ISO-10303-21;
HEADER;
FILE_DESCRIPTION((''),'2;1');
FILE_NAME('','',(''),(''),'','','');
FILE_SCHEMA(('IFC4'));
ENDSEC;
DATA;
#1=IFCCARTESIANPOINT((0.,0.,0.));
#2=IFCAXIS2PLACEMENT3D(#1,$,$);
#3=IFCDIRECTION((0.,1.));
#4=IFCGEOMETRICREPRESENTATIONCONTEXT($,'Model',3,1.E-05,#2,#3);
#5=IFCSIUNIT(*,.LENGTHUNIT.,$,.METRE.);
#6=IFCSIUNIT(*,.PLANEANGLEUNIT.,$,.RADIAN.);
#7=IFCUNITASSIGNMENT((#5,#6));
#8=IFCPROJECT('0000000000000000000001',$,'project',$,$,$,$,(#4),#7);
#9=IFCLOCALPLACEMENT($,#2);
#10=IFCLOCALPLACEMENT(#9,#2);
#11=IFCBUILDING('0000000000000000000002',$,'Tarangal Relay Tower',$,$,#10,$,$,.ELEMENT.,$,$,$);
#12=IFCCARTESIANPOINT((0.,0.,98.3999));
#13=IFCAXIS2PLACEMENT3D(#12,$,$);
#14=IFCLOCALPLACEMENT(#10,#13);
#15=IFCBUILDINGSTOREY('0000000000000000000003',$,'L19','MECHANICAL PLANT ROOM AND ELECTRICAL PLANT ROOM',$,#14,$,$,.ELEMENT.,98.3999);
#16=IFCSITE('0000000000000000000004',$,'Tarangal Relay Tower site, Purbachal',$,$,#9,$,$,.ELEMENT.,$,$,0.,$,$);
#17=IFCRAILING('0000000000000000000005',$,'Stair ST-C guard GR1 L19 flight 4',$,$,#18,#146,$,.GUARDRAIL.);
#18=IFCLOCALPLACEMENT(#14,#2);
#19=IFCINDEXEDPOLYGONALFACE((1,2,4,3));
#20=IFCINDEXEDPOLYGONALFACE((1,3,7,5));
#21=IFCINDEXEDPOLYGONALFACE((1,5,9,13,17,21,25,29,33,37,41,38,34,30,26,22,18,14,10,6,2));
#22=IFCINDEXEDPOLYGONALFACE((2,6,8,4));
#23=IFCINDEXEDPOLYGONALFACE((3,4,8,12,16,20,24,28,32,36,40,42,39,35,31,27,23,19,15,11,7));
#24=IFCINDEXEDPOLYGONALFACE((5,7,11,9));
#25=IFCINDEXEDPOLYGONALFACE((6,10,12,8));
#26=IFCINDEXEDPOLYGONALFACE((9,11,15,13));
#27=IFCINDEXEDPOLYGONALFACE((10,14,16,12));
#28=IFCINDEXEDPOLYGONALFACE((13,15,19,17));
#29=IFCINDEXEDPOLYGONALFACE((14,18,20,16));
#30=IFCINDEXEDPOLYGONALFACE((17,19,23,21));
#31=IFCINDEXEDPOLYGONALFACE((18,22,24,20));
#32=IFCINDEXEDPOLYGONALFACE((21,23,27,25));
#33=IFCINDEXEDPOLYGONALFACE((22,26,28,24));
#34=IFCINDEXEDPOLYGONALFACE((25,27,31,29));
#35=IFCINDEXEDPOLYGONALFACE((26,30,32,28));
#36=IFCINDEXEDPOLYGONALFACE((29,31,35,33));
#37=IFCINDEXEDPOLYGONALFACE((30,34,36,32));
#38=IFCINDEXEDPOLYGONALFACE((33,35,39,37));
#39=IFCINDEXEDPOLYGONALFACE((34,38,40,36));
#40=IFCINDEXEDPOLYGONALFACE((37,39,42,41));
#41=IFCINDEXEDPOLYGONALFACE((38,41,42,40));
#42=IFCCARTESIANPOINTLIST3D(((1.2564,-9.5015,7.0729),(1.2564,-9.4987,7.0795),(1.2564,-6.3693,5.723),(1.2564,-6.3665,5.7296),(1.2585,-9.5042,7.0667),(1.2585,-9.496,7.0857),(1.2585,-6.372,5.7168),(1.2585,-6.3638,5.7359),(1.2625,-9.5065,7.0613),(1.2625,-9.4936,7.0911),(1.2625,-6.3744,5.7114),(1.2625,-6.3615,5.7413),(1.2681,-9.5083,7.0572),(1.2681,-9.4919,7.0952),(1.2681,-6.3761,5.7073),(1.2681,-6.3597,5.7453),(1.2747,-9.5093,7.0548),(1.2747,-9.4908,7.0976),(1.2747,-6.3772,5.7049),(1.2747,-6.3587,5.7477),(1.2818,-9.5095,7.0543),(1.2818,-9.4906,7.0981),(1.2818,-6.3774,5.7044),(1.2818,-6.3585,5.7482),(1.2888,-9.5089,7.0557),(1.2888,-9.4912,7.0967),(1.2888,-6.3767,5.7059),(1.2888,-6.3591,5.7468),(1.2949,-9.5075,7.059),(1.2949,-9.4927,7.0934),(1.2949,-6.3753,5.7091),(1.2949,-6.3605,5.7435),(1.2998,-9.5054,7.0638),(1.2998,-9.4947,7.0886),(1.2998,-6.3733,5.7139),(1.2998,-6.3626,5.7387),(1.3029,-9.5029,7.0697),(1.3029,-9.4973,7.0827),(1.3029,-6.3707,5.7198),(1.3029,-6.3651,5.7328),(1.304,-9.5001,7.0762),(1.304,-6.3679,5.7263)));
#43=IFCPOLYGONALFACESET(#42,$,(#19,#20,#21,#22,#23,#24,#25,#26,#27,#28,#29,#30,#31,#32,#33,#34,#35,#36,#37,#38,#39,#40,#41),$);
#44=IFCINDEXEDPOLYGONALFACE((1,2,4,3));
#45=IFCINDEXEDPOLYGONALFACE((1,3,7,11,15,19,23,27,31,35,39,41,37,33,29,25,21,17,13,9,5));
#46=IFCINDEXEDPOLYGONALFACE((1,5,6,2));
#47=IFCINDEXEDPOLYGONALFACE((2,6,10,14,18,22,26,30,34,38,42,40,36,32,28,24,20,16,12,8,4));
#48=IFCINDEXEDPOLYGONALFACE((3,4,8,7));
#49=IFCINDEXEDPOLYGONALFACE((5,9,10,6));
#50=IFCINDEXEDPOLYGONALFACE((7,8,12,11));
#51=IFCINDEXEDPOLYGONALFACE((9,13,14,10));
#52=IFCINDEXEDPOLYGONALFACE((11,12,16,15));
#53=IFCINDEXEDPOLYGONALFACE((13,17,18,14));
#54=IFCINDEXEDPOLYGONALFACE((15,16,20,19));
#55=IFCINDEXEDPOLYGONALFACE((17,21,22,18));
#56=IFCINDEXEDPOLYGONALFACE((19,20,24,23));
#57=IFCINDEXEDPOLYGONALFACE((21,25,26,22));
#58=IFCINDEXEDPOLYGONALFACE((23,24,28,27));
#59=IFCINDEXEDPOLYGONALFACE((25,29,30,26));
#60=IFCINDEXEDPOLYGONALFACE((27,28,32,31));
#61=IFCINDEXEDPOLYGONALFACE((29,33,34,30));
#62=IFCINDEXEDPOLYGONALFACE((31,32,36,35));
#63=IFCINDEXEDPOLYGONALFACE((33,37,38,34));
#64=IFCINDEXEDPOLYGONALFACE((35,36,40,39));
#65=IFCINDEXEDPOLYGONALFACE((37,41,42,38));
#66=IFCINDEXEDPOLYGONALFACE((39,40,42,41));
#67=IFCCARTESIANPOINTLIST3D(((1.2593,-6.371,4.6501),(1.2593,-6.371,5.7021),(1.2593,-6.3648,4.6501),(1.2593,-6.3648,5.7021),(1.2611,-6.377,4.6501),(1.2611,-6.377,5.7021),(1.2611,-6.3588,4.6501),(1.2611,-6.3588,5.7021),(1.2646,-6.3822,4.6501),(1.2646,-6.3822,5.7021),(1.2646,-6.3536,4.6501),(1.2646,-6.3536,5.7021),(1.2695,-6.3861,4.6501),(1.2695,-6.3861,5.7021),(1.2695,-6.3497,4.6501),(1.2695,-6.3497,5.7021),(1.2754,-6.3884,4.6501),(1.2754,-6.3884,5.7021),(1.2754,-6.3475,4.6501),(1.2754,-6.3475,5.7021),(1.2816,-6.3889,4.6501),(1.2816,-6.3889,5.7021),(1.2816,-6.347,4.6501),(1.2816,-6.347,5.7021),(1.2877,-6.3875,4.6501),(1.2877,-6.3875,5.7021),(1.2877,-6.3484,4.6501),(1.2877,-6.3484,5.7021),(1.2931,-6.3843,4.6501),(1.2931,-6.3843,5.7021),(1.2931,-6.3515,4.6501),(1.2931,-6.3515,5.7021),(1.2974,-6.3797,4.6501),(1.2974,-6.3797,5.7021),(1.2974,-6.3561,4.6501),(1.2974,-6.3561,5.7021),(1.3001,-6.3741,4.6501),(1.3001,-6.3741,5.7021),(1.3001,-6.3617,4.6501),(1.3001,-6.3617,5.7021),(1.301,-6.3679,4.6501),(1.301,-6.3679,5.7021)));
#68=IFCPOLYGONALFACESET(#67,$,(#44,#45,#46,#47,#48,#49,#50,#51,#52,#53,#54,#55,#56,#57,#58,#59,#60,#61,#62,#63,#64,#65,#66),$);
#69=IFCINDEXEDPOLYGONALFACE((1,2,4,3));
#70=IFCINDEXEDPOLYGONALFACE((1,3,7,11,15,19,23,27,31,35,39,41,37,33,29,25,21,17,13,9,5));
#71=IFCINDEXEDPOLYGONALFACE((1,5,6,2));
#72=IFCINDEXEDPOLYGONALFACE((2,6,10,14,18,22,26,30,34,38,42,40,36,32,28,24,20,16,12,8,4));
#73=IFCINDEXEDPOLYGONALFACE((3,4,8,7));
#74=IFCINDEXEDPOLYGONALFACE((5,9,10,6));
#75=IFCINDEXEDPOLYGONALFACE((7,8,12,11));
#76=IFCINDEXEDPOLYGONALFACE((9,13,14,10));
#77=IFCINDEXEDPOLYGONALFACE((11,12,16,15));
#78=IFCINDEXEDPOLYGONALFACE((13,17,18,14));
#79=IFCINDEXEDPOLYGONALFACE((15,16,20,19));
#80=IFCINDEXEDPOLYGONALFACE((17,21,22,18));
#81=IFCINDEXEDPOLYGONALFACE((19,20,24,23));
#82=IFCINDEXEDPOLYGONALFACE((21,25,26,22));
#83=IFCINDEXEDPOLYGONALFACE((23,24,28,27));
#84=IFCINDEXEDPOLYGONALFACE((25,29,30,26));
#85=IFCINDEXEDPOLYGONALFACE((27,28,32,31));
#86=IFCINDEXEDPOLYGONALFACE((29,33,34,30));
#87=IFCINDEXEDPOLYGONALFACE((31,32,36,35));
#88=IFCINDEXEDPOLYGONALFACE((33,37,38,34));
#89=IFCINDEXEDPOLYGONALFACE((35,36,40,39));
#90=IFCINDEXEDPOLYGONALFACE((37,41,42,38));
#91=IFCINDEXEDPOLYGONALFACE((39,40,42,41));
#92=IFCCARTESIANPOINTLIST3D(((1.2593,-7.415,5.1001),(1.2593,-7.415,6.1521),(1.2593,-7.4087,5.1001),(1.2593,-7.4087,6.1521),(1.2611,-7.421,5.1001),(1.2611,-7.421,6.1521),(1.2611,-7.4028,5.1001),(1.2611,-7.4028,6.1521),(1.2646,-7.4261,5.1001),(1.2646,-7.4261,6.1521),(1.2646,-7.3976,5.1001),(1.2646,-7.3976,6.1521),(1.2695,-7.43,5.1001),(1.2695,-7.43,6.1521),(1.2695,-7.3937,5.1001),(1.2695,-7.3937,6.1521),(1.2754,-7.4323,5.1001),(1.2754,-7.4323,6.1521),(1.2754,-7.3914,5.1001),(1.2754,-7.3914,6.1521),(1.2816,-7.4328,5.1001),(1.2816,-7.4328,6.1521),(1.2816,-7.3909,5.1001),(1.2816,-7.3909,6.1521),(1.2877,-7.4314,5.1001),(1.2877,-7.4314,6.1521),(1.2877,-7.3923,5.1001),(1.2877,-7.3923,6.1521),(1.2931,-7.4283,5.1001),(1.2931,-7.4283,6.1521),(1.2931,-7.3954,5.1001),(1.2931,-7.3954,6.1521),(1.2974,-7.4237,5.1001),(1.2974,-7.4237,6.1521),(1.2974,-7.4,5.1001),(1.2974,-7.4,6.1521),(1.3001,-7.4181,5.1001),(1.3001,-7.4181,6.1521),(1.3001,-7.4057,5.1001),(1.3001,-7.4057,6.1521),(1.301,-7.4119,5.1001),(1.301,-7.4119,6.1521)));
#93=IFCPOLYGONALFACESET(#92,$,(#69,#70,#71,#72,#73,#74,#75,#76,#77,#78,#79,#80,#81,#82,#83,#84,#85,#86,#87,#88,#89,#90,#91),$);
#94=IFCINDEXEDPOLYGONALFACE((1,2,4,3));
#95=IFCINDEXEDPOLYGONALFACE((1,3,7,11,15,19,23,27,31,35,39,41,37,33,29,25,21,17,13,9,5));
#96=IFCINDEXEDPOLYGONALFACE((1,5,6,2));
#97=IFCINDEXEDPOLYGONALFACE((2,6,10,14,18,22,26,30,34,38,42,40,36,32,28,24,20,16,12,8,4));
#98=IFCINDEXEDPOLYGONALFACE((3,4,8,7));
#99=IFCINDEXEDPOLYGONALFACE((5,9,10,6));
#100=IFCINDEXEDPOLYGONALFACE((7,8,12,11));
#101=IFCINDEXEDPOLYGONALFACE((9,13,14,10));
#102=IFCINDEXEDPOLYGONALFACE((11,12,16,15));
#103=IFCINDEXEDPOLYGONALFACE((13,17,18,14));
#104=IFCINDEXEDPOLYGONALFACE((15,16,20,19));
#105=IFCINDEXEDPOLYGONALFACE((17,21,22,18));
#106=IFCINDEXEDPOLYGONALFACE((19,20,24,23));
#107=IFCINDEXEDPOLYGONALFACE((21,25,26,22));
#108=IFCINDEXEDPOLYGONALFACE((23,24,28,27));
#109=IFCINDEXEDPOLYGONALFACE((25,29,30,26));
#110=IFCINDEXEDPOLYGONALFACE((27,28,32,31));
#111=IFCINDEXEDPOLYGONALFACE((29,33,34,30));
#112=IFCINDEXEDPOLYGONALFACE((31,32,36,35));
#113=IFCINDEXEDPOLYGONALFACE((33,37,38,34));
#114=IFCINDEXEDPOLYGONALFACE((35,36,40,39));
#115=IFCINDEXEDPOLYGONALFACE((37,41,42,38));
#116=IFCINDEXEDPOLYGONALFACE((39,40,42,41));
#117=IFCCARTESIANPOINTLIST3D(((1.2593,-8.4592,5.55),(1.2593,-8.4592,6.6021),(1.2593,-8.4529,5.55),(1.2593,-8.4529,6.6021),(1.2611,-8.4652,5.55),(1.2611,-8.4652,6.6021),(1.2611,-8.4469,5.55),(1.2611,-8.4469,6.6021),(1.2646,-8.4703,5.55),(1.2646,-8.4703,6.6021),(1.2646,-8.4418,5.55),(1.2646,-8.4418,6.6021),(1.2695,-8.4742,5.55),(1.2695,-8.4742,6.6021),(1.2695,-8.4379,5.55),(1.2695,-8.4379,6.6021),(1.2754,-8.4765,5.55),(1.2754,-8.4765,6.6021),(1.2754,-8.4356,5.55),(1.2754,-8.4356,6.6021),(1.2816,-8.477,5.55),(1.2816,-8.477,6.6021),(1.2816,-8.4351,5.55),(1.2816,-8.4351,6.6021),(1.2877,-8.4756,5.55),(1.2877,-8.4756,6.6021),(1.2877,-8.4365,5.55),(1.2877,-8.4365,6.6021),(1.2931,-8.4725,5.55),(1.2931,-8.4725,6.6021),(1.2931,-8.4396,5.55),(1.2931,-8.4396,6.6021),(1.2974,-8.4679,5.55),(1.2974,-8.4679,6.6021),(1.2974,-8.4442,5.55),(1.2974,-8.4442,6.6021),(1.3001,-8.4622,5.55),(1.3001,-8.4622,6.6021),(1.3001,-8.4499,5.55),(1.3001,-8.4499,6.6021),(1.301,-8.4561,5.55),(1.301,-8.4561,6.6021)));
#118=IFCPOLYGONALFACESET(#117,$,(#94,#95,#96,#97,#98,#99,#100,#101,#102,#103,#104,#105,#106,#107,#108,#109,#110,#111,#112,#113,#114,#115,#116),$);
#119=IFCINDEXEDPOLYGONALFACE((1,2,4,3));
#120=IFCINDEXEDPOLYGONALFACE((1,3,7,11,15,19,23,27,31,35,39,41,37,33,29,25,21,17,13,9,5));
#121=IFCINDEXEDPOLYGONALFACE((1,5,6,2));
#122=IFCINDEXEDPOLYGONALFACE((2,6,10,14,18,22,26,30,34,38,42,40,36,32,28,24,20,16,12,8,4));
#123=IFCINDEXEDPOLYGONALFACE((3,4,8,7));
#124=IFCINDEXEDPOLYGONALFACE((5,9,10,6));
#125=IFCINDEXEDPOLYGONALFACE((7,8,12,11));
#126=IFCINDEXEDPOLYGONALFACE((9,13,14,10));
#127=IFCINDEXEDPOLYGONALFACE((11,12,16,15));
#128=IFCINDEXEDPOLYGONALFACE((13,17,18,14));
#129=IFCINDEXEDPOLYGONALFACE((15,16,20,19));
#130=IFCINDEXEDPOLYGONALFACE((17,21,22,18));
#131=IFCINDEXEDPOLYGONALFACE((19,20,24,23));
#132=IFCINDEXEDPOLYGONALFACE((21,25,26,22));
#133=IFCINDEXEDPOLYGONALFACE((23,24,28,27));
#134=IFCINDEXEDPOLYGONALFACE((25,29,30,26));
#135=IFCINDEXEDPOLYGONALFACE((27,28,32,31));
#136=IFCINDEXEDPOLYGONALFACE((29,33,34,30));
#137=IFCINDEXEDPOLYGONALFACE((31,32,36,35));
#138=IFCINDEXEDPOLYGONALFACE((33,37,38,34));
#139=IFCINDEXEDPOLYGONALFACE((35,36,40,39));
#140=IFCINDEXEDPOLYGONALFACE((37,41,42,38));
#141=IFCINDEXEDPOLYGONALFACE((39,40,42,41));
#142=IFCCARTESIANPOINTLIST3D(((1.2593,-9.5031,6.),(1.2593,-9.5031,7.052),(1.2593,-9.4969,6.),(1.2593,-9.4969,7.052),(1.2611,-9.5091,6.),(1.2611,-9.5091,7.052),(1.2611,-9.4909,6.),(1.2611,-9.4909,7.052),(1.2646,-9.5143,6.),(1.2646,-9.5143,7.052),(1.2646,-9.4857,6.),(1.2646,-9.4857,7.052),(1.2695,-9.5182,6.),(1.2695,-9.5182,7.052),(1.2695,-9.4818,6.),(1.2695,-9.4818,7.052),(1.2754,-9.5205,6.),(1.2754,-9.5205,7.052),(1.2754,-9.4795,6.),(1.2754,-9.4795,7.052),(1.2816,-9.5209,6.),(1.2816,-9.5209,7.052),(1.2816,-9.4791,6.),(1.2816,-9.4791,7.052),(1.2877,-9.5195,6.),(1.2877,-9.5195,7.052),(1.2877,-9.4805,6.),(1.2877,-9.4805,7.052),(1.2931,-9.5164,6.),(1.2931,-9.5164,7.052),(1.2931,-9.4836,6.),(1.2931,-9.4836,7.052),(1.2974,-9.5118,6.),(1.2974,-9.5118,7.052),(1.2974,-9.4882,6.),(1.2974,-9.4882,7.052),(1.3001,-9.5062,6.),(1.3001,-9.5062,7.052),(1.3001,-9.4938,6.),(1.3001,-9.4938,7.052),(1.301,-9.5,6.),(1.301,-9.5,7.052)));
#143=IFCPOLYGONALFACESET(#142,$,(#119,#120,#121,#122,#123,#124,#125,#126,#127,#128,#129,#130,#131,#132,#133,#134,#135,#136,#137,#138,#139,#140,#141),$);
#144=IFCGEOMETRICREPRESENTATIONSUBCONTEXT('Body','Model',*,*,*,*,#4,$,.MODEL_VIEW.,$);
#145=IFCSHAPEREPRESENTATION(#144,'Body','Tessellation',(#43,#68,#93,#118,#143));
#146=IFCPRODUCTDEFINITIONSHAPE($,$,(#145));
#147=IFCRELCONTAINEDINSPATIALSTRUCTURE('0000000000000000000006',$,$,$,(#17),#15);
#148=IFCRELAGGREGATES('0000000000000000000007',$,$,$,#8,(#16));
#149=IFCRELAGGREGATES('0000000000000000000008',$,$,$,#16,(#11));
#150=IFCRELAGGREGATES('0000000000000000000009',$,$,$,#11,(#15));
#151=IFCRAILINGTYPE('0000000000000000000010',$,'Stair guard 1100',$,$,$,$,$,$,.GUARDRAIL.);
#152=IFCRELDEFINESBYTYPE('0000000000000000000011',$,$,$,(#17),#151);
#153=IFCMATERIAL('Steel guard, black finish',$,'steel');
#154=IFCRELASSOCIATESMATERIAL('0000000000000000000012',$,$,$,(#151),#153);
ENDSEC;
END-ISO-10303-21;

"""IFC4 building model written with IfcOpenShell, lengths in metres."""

from ifc_helpers import new_model, si_unit, direction, frame, origin, origin_2d, place, context, subcontext, project, spatial, circle, extrude, material, type_object, element, save


model = new_model("IFC4")

# Units and contexts
model_context = context("Model", 3, precision=1e-05, world=origin(), true_north=direction((0.0, 1.0)))
body_context = subcontext(model_context, "Body", "Model", "MODEL_VIEW")
ifc_project = project(units=[si_unit("LENGTHUNIT", "METRE"), si_unit("PLANEANGLEUNIT", "RADIAN")], contexts=[model_context])

# Site, building, storey
site_placement = place(None, origin())
site = spatial("IfcSite", under=ifc_project, at=site_placement, Name="Tarangal Relay Tower site, Purbachal", CompositionType="ELEMENT", RefElevation=0.0)
building_placement = place(site_placement, origin())
building = spatial("IfcBuilding", under=site, at=building_placement, Name="Tarangal Relay Tower", CompositionType="ELEMENT")
storey_placement = place(building_placement, frame((0.0, 0.0, 98.3999)))
storey = spatial("IfcBuildingStorey", under=building, at=storey_placement, Name="L19", Description="MECHANICAL PLANT ROOM AND ELECTRICAL PLANT ROOM", CompositionType="ELEMENT", Elevation=98.3999)

# Railing
ifc_material_1 = material(Name="Steel guard, black finish", Category="steel")
railing_type_1 = type_object("IfcRailingType", Name="Stair guard 1100", PredefinedType="GUARDRAIL", material=ifc_material_1)
for number, where, name in (
    (1, (1.28, -6.3679, 4.6501), "Stair ST-C guard GR1 L19 flight 4"),
):
    element("IfcRailing", number, at=place(storey_placement, frame(where)), inside=storey, type_object=railing_type_1, Name=name, PredefinedType="GUARDRAIL", context=body_context, shape_type="SweptSolid", body=[
        extrude(circle(Radius=0.0239, at=origin_2d()), frame((0.0, 0.0, 1.0762), z_axis=(0.0, -0.918343, 0.395785), x_axis=(1.0, 0.0, 0.0)), (0.0, 0.0, 1.0), 3.4106),
        extrude(circle(Radius=0.021, at=origin_2d()), origin(), (0.0, 0.0, 1.0), 1.052),
        extrude(circle(Radius=0.021, at=origin_2d()), frame((0.0, -1.0439, 0.45)), (0.0, 0.0, 1.0), 1.052),
        extrude(circle(Radius=0.021, at=origin_2d()), frame((0.0, -2.0881, 0.8999)), (0.0, 0.0, 1.0), 1.052),
        extrude(circle(Radius=0.021, at=origin_2d()), frame((0.0, -3.1321, 1.3499)), (0.0, 0.0, 1.0), 1.052),
    ])

save(model, "model.ifc")
